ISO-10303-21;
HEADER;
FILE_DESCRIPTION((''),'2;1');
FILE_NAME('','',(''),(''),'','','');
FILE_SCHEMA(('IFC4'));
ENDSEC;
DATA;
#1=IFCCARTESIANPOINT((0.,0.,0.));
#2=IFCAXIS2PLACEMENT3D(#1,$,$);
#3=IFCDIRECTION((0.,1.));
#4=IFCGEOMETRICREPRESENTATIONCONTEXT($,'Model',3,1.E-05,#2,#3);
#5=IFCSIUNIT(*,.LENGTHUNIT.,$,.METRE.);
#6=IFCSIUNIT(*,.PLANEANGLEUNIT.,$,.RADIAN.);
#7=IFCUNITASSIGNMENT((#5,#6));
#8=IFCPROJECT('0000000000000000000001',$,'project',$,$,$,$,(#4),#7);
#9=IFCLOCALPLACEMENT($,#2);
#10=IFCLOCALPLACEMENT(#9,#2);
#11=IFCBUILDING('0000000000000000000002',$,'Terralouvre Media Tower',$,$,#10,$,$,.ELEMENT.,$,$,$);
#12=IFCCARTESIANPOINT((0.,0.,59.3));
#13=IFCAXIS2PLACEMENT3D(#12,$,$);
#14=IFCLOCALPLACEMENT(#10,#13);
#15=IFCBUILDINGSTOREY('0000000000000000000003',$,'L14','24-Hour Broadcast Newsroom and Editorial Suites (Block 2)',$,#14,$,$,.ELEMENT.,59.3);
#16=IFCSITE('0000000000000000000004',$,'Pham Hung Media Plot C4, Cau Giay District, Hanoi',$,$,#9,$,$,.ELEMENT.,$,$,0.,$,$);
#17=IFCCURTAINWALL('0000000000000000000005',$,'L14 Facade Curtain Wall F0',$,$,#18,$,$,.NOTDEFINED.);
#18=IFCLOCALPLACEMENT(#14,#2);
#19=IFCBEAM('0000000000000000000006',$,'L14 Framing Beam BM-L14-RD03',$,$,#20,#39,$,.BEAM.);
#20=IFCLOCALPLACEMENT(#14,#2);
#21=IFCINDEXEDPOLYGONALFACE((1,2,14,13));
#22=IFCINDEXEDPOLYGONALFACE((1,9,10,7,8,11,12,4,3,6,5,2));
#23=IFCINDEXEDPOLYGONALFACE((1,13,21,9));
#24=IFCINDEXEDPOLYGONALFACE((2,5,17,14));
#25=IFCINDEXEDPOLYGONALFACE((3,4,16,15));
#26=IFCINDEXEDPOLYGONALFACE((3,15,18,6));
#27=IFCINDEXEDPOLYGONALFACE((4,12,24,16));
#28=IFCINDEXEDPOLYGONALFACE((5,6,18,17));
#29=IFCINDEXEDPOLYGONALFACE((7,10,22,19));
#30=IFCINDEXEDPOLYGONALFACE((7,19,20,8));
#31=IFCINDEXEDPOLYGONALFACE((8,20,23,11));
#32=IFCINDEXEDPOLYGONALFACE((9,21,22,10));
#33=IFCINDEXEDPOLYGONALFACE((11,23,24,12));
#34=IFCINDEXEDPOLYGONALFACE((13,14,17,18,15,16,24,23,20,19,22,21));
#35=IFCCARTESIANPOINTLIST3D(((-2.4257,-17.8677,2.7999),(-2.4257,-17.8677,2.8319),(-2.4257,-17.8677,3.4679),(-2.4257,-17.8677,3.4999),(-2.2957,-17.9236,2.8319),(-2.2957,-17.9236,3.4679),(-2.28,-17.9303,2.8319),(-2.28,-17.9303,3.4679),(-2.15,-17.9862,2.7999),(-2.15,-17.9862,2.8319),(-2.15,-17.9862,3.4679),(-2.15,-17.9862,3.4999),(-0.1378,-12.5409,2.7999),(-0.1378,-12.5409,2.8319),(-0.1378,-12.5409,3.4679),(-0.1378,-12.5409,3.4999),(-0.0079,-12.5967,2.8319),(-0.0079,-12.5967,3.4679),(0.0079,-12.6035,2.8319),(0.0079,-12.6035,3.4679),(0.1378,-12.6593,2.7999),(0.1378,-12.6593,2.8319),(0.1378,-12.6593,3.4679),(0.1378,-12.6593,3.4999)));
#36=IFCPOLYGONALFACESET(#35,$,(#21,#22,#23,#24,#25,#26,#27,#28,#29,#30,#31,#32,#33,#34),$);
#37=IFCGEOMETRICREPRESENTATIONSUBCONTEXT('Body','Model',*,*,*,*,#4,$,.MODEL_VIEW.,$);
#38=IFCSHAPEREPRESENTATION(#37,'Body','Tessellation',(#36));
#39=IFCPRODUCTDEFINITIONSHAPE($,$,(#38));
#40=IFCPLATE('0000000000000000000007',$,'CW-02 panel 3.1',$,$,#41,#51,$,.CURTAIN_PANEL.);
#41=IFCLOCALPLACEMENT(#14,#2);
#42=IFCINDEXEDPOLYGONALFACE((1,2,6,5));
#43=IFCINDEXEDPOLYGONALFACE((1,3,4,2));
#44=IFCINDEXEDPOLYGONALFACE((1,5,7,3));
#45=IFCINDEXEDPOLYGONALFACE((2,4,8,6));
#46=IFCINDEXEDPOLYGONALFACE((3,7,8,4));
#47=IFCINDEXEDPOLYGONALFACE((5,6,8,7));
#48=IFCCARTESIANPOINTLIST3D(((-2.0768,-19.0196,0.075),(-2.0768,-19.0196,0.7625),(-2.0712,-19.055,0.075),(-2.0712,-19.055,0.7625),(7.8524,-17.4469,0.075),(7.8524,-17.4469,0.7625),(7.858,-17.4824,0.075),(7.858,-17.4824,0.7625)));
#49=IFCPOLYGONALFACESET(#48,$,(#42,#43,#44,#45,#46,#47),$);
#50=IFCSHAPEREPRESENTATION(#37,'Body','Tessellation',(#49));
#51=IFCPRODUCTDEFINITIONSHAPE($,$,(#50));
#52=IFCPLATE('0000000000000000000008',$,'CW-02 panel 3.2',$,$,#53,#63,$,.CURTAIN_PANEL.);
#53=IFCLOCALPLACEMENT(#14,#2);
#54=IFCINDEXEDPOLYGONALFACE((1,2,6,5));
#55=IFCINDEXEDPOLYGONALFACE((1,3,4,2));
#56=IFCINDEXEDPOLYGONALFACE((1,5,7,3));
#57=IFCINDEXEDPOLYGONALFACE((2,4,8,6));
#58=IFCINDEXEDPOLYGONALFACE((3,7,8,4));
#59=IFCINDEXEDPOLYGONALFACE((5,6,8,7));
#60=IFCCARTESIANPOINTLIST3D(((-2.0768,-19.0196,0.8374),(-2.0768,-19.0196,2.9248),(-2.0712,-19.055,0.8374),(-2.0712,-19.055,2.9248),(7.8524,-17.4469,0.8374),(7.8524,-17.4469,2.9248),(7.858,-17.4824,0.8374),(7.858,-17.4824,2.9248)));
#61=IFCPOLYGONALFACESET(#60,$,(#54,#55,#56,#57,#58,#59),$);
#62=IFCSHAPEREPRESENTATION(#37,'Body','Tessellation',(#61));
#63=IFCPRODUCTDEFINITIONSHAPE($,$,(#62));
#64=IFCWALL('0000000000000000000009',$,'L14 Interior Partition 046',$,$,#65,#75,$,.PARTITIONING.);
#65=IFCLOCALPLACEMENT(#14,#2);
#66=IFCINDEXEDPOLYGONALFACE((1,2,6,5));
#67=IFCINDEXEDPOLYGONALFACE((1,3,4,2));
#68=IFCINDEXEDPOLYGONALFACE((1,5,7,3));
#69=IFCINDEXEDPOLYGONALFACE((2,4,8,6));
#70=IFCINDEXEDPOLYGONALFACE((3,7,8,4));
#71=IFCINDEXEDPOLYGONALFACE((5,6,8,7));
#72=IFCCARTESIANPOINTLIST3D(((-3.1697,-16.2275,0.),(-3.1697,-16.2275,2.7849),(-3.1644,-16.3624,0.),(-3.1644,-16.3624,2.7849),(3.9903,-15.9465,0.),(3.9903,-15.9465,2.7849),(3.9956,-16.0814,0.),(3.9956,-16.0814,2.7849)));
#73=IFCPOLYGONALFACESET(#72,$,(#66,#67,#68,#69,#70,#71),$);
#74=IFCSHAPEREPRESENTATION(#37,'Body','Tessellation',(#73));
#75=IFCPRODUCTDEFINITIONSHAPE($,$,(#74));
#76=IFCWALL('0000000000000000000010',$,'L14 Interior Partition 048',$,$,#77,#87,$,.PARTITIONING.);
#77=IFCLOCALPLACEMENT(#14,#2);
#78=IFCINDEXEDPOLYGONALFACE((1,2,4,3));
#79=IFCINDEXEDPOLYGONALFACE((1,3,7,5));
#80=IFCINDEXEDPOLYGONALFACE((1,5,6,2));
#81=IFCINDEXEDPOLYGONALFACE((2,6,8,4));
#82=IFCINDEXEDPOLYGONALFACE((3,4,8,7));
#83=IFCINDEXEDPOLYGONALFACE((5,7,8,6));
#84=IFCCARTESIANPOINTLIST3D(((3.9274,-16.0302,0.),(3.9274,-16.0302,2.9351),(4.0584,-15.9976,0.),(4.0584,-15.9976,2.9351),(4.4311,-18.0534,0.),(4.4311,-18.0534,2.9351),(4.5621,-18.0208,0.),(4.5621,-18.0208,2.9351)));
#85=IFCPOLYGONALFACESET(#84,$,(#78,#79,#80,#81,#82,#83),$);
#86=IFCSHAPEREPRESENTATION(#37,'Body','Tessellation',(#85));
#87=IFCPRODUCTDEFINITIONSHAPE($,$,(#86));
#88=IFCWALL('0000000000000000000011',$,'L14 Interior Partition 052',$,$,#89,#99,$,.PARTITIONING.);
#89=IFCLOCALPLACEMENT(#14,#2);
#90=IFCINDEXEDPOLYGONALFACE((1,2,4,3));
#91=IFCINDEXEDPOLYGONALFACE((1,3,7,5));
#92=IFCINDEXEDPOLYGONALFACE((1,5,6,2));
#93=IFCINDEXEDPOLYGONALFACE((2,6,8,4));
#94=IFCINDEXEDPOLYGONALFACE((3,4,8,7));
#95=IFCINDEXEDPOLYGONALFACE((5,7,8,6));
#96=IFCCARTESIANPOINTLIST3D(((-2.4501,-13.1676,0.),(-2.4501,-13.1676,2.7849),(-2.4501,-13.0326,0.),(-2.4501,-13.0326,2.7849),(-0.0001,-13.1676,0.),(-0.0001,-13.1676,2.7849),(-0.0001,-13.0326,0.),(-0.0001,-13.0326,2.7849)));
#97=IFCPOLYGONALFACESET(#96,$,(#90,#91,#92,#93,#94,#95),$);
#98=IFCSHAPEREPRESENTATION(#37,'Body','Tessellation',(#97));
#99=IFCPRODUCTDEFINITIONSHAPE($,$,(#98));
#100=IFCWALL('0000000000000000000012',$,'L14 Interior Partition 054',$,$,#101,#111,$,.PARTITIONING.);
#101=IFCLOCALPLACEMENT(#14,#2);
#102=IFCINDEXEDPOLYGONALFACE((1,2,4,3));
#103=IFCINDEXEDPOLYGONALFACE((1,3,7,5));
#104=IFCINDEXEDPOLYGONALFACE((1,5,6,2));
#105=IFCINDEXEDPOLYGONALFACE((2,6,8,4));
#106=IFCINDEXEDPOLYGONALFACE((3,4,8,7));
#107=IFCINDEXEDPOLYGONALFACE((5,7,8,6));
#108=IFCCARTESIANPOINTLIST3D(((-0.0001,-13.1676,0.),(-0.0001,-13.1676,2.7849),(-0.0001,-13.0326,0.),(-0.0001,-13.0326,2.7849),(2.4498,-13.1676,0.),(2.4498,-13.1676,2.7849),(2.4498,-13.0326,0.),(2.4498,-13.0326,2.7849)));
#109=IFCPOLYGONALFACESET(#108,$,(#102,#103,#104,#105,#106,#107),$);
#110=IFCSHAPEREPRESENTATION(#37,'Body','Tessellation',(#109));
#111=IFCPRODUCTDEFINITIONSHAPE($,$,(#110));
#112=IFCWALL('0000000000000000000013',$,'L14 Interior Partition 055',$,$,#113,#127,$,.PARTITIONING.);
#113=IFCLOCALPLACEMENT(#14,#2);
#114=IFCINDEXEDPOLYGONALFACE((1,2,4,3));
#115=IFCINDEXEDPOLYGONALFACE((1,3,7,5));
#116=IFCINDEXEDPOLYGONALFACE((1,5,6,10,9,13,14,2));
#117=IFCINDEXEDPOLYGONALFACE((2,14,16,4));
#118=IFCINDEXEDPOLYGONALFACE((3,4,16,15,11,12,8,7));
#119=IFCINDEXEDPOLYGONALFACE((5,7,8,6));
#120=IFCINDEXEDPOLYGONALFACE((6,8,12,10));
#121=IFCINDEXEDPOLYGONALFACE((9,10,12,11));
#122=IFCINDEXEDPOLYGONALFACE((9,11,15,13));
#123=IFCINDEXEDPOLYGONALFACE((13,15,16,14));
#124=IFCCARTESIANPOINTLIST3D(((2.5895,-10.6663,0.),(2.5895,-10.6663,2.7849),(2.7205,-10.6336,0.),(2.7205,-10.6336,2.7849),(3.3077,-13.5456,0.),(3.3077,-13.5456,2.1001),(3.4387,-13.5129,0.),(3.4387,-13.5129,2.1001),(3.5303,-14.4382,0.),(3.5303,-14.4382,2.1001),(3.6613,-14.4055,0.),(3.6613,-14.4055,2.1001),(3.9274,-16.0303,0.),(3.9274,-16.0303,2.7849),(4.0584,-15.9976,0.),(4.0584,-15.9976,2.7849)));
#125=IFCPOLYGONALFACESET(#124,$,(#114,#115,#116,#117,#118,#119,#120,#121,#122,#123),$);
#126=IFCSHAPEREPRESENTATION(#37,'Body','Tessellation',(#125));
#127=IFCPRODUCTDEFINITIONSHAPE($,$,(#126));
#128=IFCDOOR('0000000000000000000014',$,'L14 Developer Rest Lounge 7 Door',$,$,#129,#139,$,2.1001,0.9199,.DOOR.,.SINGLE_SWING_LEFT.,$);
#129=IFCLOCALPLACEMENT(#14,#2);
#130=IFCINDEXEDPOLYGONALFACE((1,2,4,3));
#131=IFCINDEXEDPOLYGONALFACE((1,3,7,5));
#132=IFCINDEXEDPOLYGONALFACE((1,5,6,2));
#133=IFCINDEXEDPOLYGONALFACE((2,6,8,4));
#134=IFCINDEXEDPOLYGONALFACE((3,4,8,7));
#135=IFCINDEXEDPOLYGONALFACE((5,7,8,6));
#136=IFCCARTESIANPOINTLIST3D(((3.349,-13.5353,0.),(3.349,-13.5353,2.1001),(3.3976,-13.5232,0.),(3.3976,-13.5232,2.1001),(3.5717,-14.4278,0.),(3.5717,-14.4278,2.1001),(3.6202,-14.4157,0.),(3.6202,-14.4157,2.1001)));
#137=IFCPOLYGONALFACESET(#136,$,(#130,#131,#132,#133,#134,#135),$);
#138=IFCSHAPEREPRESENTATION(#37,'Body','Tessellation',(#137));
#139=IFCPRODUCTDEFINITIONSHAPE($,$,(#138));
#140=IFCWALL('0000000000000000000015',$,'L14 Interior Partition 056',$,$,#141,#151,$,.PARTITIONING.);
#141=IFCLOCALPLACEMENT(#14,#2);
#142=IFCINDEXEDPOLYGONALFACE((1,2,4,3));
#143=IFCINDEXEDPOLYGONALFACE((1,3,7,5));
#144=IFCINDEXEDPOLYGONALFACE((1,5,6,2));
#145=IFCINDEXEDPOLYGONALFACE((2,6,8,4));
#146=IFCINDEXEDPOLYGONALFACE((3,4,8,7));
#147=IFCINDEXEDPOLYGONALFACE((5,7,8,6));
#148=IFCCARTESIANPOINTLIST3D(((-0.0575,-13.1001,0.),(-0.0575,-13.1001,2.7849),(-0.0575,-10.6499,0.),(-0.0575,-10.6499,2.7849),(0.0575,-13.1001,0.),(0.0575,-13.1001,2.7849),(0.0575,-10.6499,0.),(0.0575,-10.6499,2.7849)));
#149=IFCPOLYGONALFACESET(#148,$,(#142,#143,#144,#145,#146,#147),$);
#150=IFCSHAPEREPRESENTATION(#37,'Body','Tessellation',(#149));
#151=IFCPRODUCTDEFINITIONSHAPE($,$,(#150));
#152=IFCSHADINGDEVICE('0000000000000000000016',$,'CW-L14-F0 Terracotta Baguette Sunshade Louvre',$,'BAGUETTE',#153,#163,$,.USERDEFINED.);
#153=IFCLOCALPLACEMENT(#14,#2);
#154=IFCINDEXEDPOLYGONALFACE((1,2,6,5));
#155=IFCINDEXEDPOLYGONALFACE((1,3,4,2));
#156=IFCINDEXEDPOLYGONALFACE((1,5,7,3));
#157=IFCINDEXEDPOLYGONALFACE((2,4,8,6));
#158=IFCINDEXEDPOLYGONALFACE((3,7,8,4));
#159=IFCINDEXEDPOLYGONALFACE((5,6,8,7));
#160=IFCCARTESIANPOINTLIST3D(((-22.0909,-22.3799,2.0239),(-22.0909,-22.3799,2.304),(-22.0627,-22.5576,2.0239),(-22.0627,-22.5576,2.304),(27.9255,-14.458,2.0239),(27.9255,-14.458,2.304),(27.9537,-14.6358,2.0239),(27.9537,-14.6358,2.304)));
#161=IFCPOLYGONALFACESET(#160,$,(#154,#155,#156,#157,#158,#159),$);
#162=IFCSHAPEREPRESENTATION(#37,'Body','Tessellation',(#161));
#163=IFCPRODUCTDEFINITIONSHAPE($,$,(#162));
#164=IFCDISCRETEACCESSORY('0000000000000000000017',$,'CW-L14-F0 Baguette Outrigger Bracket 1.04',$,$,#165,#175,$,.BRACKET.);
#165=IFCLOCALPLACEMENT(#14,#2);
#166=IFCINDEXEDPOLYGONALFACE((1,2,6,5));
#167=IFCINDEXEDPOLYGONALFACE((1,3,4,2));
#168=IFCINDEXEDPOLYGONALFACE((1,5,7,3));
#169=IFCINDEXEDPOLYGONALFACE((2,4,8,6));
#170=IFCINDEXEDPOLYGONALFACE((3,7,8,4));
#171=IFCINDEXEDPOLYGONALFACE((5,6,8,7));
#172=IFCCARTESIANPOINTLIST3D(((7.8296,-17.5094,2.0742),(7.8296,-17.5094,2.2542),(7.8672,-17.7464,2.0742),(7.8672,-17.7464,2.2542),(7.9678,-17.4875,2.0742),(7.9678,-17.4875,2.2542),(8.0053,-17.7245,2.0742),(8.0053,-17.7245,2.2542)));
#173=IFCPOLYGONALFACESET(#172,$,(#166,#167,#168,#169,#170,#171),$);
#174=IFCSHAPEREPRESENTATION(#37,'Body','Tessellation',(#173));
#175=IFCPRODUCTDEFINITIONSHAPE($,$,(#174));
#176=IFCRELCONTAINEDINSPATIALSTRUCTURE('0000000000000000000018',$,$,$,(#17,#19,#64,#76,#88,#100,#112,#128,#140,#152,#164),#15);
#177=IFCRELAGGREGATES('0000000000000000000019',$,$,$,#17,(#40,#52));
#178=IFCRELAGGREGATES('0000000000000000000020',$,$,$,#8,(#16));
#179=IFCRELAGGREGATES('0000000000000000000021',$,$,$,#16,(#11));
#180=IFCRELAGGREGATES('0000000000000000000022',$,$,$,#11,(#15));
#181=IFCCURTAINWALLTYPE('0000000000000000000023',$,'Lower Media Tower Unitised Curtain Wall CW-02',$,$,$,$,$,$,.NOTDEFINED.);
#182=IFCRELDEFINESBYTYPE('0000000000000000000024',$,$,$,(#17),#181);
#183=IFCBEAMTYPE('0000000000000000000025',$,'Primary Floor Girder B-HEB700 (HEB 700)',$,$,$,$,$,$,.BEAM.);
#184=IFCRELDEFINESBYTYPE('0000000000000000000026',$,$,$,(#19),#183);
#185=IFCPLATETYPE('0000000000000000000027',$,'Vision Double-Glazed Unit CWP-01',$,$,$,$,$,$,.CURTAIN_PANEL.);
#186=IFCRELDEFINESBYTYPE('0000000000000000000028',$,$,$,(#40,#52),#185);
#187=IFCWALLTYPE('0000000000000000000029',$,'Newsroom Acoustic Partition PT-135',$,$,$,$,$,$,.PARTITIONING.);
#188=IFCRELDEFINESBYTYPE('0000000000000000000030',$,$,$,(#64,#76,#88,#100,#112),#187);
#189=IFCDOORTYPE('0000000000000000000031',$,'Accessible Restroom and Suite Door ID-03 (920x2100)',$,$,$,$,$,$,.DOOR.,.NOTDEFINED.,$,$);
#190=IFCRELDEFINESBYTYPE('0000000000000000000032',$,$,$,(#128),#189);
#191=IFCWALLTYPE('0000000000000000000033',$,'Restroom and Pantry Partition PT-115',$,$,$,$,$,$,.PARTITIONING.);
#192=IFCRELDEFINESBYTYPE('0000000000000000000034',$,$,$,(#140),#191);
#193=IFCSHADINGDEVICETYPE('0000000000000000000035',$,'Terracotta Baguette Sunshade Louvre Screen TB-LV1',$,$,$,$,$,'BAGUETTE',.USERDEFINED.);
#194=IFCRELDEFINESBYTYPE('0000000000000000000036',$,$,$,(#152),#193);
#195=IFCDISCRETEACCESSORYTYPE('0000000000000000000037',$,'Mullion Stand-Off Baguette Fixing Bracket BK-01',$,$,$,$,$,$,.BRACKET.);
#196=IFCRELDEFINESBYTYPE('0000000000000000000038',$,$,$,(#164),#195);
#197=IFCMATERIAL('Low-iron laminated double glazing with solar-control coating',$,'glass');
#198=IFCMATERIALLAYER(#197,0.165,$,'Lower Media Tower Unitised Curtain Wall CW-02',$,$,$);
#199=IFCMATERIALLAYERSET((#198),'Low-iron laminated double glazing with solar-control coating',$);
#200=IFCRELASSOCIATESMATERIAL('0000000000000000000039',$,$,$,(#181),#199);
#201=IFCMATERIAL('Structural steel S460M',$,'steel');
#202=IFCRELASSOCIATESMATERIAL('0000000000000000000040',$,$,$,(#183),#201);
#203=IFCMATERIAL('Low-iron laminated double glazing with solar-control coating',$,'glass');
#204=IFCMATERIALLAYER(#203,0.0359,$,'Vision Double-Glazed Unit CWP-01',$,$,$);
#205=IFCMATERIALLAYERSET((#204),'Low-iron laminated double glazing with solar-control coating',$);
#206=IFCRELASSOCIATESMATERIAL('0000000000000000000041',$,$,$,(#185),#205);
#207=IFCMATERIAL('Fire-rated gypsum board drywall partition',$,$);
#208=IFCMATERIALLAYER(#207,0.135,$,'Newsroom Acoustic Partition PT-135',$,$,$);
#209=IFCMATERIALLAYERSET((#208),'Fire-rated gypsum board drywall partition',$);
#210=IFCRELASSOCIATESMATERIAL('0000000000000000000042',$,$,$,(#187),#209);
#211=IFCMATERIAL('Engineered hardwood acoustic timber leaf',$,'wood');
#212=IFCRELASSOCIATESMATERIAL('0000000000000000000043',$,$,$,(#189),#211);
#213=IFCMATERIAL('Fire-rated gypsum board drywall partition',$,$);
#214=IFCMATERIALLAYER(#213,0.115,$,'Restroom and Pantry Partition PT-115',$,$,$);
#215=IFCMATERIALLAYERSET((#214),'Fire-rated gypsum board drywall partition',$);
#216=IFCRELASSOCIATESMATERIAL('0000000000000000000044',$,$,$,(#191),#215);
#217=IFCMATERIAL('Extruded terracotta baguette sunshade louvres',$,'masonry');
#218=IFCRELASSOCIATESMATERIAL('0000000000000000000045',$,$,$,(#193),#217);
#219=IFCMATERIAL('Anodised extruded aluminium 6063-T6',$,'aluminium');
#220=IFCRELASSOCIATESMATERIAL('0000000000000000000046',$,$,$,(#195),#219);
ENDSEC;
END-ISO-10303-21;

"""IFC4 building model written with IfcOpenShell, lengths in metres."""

from ifc_helpers import new_model, si_unit, direction, frame, frame_2d, origin, origin_2d, place, context, subcontext, project, spatial, rectangle, i_section, extrude, material, layer, layer_set, material_profile, profile_set, type_object, element, fill, aggregate, save


model = new_model("IFC4")

# Units and contexts
model_context = context("Model", 3, precision=1e-05, world=origin(), true_north=direction((0.0, 1.0)))
body_context = subcontext(model_context, "Body", "Model", "MODEL_VIEW")
ifc_project = project(units=[si_unit("LENGTHUNIT", "METRE"), si_unit("PLANEANGLEUNIT", "RADIAN")], contexts=[model_context])

# Site, building, storey
site_placement = place(None, origin())
site = spatial("IfcSite", under=ifc_project, at=site_placement, Name="Pham Hung Media Plot C4, Cau Giay District, Hanoi", CompositionType="ELEMENT", RefElevation=0.0)
building_placement = place(site_placement, origin())
building = spatial("IfcBuilding", under=site, at=building_placement, Name="Terralouvre Media Tower", CompositionType="ELEMENT")
storey_placement = place(building_placement, frame((0.0, 0.0, 59.3)))
storey = spatial("IfcBuildingStorey", under=building, at=storey_placement, Name="L14", Description="24-Hour Broadcast Newsroom and Editorial Suites (Block 2)", CompositionType="ELEMENT", Elevation=59.3)

# Curtain wall
ifc_material_1 = material(Name="Low-iron laminated double glazing with solar-control coating", Category="glass")
ifc_layer_1 = layer(ifc_material_1, 0.165, Name="Lower Media Tower Unitised Curtain Wall CW-02")
ifc_layer_set_1 = layer_set([ifc_layer_1], Name="Low-iron laminated double glazing with solar-control coating")
curtain_wall_type = type_object("IfcCurtainWallType", Name="Lower Media Tower Unitised Curtain Wall CW-02", PredefinedType="NOTDEFINED", material=ifc_layer_set_1)
curtain_wall_placement = place(storey_placement, origin())
curtain_wall = element("IfcCurtainWall", 1, at=curtain_wall_placement, inside=storey, type_object=curtain_wall_type, Name="L14 Facade Curtain Wall F0", PredefinedType="NOTDEFINED")

# Beam
ifc_material_2 = material(Name="Structural steel S460M", Category="steel")
ifc_material_profile_1 = material_profile(ifc_material_2, i_section(OverallWidth=0.3, OverallDepth=0.7, WebThickness=0.0171, FlangeThickness=0.032, at=origin_2d()), Name="HEB 700")
ifc_profile_set_1 = profile_set([ifc_material_profile_1], Name="Structural steel S460M")
beam_type_1 = type_object("IfcBeamType", Name="Primary Floor Girder B-HEB700 (HEB 700)", PredefinedType="BEAM", material=ifc_profile_set_1)
beam_1_placement = place(storey_placement, frame((0.0, -12.6001, 3.1499), z_axis=(-0.394631, -0.91884, 0.0), x_axis=(0.91884, -0.394631, 0.0)))
element("IfcBeam", 2, at=beam_1_placement, inside=storey, type_object=beam_type_1, Name="L14 Framing Beam BM-L14-RD03", PredefinedType="BEAM", context=body_context, shape_type="SweptSolid", body=[
    extrude(i_section(OverallWidth=0.3, OverallDepth=0.7, WebThickness=0.0171, FlangeThickness=0.032, at=origin_2d()), origin(), (0.0, 0.0, 1.0), 5.7974),
])

# Plates
ifc_material_3 = material(Name="Low-iron laminated double glazing with solar-control coating", Category="glass")
ifc_layer_2 = layer(ifc_material_3, 0.0359, Name="Vision Double-Glazed Unit CWP-01")
ifc_layer_set_2 = layer_set([ifc_layer_2], Name="Low-iron laminated double glazing with solar-control coating")
plate_type = type_object("IfcPlateType", Name="Vision Double-Glazed Unit CWP-01", PredefinedType="CURTAIN_PANEL", material=ifc_layer_set_2)
plate_1_placement = place(storey_placement, frame((2.8906, -18.251, 0.075), z_axis=(0.0, 0.0, 1.0), x_axis=(0.987688, 0.156434, 0.0)))
plate_1 = element("IfcPlate", 3, at=plate_1_placement, type_object=plate_type, Name="CW-02 panel 3.1", PredefinedType="CURTAIN_PANEL", context=body_context, shape_type="SweptSolid", body=[
    extrude(rectangle(XDim=10.053, YDim=0.0359, at=origin_2d()), origin(), (0.0, 0.0, 1.0), 0.6875),
])
plate_2_placement = place(storey_placement, frame((2.8906, -18.251, 0.8374), z_axis=(0.0, 0.0, 1.0), x_axis=(0.987688, 0.156434, 0.0)))
plate_2 = element("IfcPlate", 4, at=plate_2_placement, type_object=plate_type, Name="CW-02 panel 3.2", PredefinedType="CURTAIN_PANEL", context=body_context, shape_type="SweptSolid", body=[
    extrude(rectangle(XDim=10.053, YDim=0.0359, at=origin_2d()), origin(), (0.0, 0.0, 1.0), 2.0874),
])
aggregate(curtain_wall, [plate_1, plate_2])

# Walls
ifc_material_4 = material(Name="Fire-rated gypsum board drywall partition")
ifc_layer_3 = layer(ifc_material_4, 0.135, Name="Newsroom Acoustic Partition PT-135")
ifc_layer_set_3 = layer_set([ifc_layer_3], Name="Fire-rated gypsum board drywall partition")
wall_type_1 = type_object("IfcWallType", Name="Newsroom Acoustic Partition PT-135", PredefinedType="PARTITIONING", material=ifc_layer_set_3)
wall_1_placement = place(storey_placement, frame((3.9929, -16.0139, 0.0), z_axis=(0.0, 0.0, 1.0), x_axis=(-0.999231, -0.039217, 0.0)))
element("IfcWall", 5, at=wall_1_placement, inside=storey, type_object=wall_type_1, Name="L14 Interior Partition 046", PredefinedType="PARTITIONING", context=body_context, shape_type="SweptSolid", body=[
    extrude(rectangle(XDim=7.1655, YDim=0.135, at=frame_2d((3.5828, 0.0))), origin(), (0.0, 0.0, 1.0), 2.7849),
])
wall_2_placement = place(storey_placement, frame((4.4966, -18.0371, 0.0), z_axis=(0.0, 0.0, 1.0), x_axis=(-0.241571, 0.970383, 0.0)))
element("IfcWall", 6, at=wall_2_placement, inside=storey, type_object=wall_type_1, Name="L14 Interior Partition 048", PredefinedType="PARTITIONING", context=body_context, shape_type="SweptSolid", body=[
    extrude(rectangle(XDim=2.085, YDim=0.135, at=frame_2d((1.0425, 0.0))), origin(), (0.0, 0.0, 1.0), 2.9351),
])
for number, where, z_axis, x_axis, name in (
    (7, (0.0, -13.1001, 0.0), (0.0, 0.0, 1.0), (-1.0, 0.0, 0.0), "L14 Interior Partition 052"),
    (8, (2.45, -13.1001, 0.0), (0.0, 0.0, 1.0), (-1.0, 0.0, 0.0), "L14 Interior Partition 054"),
):
    element("IfcWall", number, at=place(storey_placement, frame(where, z_axis=z_axis, x_axis=x_axis)), inside=storey, type_object=wall_type_1, Name=name, PredefinedType="PARTITIONING", context=body_context, shape_type="SweptSolid", body=[
        extrude(rectangle(XDim=2.45, YDim=0.135, at=frame_2d((1.2251, 0.0))), origin(), (0.0, 0.0, 1.0), 2.7849),
    ])

# Wall, opening, door
wall_3_placement = place(storey_placement, frame((3.9929, -16.0139, 0.0), z_axis=(0.0, 0.0, 1.0), x_axis=(-0.242006, 0.970275, 0.0)))
wall_3 = element("IfcWall", 9, at=wall_3_placement, inside=storey, type_object=wall_type_1, Name="L14 Interior Partition 055", PredefinedType="PARTITIONING", context=body_context, shape_type="SweptSolid", body=[
    extrude(rectangle(XDim=5.5283, YDim=0.135, at=frame_2d((2.7642, 0.0))), origin(), (0.0, 0.0, 1.0), 2.7849),
])
opening_placement = place(wall_3_placement, frame((1.6409, 0.0, 0.0)))
opening = element("IfcOpeningElement", 10, at=opening_placement, cuts=wall_3, PredefinedType="OPENING", context=body_context, shape_type="SweptSolid", body=[
    extrude(rectangle(XDim=0.9199, YDim=2.1001, at=frame_2d((0.46, 1.05))), frame((0.0, 0.0774, 0.0), z_axis=(0.0, -1.0, 0.0), x_axis=(1.0, 0.0, 0.0)), (0.0, 0.0, 1.0), 0.155),
])
ifc_material_5 = material(Name="Engineered hardwood acoustic timber leaf", Category="wood")
door_type = type_object("IfcDoorType", Name="Accessible Restroom and Suite Door ID-03 (920x2100)", OperationType="NOTDEFINED", PredefinedType="DOOR", material=ifc_material_5)
door_placement = place(opening_placement, origin())
door = element("IfcDoor", 11, at=door_placement, inside=storey, type_object=door_type, Name="L14 Developer Rest Lounge 7 Door", OperationType="SINGLE_SWING_LEFT", OverallHeight=2.1001, OverallWidth=0.9199, PredefinedType="DOOR", context=body_context, shape_type="SweptSolid", body=[
    extrude(rectangle(XDim=0.9199, YDim=2.1001, at=frame_2d((0.46, 1.05))), frame((0.0, 0.0249, 0.0), z_axis=(0.0, -1.0, 0.0), x_axis=(1.0, 0.0, 0.0)), (0.0, 0.0, 1.0), 0.05),
])
fill(opening, door)

# Wall
ifc_material_6 = material(Name="Fire-rated gypsum board drywall partition")
ifc_layer_4 = layer(ifc_material_6, 0.115, Name="Restroom and Pantry Partition PT-115")
ifc_layer_set_4 = layer_set([ifc_layer_4], Name="Fire-rated gypsum board drywall partition")
wall_type_2 = type_object("IfcWallType", Name="Restroom and Pantry Partition PT-115", PredefinedType="PARTITIONING", material=ifc_layer_set_4)
wall_4_placement = place(storey_placement, frame((0.0, -13.1001, 0.0), z_axis=(0.0, 0.0, 1.0), x_axis=(0.0, 1.0, 0.0)))
element("IfcWall", 12, at=wall_4_placement, inside=storey, type_object=wall_type_2, Name="L14 Interior Partition 056", PredefinedType="PARTITIONING", context=body_context, shape_type="SweptSolid", body=[
    extrude(rectangle(XDim=2.4502, YDim=0.115, at=frame_2d((1.2251, 0.0))), origin(), (0.0, 0.0, 1.0), 2.7849),
])

# Shading device
ifc_material_7 = material(Name="Extruded terracotta baguette sunshade louvres", Category="masonry")
shading_device_type = type_object("IfcShadingDeviceType", Name="Terracotta Baguette Sunshade Louvre Screen TB-LV1", ElementType="BAGUETTE", PredefinedType="USERDEFINED", material=ifc_material_7)
shading_device_placement = place(storey_placement, frame((2.9314, -18.5078, 2.0239), z_axis=(0.0, 0.0, 1.0), x_axis=(0.987688, 0.156434, 0.0)))
element("IfcShadingDevice", 13, at=shading_device_placement, inside=storey, type_object=shading_device_type, Name="CW-L14-F0 Terracotta Baguette Sunshade Louvre", ObjectType="BAGUETTE", PredefinedType="USERDEFINED", context=body_context, shape_type="SweptSolid", body=[
    extrude(rectangle(XDim=50.6399, YDim=0.1799, at=origin_2d()), origin(), (0.0, 0.0, 1.0), 0.28),
])

# Discrete accessory
ifc_material_8 = material(Name="Anodised extruded aluminium 6063-T6", Category="aluminium")
discrete_accessory_type = type_object("IfcDiscreteAccessoryType", Name="Mullion Stand-Off Baguette Fixing Bracket BK-01", PredefinedType="BRACKET", material=ifc_material_8)
discrete_accessory_placement = place(storey_placement, frame((7.9175, -17.6169, 2.0742), z_axis=(0.0, 0.0, 1.0), x_axis=(0.987688, 0.156434, 0.0)))
element("IfcDiscreteAccessory", 14, at=discrete_accessory_placement, inside=storey, type_object=discrete_accessory_type, Name="CW-L14-F0 Baguette Outrigger Bracket 1.04", PredefinedType="BRACKET", context=body_context, shape_type="SweptSolid", body=[
    extrude(rectangle(XDim=0.1399, YDim=0.24, at=origin_2d()), origin(), (0.0, 0.0, 1.0), 0.1799),
])

save(model, "model.ifc")
